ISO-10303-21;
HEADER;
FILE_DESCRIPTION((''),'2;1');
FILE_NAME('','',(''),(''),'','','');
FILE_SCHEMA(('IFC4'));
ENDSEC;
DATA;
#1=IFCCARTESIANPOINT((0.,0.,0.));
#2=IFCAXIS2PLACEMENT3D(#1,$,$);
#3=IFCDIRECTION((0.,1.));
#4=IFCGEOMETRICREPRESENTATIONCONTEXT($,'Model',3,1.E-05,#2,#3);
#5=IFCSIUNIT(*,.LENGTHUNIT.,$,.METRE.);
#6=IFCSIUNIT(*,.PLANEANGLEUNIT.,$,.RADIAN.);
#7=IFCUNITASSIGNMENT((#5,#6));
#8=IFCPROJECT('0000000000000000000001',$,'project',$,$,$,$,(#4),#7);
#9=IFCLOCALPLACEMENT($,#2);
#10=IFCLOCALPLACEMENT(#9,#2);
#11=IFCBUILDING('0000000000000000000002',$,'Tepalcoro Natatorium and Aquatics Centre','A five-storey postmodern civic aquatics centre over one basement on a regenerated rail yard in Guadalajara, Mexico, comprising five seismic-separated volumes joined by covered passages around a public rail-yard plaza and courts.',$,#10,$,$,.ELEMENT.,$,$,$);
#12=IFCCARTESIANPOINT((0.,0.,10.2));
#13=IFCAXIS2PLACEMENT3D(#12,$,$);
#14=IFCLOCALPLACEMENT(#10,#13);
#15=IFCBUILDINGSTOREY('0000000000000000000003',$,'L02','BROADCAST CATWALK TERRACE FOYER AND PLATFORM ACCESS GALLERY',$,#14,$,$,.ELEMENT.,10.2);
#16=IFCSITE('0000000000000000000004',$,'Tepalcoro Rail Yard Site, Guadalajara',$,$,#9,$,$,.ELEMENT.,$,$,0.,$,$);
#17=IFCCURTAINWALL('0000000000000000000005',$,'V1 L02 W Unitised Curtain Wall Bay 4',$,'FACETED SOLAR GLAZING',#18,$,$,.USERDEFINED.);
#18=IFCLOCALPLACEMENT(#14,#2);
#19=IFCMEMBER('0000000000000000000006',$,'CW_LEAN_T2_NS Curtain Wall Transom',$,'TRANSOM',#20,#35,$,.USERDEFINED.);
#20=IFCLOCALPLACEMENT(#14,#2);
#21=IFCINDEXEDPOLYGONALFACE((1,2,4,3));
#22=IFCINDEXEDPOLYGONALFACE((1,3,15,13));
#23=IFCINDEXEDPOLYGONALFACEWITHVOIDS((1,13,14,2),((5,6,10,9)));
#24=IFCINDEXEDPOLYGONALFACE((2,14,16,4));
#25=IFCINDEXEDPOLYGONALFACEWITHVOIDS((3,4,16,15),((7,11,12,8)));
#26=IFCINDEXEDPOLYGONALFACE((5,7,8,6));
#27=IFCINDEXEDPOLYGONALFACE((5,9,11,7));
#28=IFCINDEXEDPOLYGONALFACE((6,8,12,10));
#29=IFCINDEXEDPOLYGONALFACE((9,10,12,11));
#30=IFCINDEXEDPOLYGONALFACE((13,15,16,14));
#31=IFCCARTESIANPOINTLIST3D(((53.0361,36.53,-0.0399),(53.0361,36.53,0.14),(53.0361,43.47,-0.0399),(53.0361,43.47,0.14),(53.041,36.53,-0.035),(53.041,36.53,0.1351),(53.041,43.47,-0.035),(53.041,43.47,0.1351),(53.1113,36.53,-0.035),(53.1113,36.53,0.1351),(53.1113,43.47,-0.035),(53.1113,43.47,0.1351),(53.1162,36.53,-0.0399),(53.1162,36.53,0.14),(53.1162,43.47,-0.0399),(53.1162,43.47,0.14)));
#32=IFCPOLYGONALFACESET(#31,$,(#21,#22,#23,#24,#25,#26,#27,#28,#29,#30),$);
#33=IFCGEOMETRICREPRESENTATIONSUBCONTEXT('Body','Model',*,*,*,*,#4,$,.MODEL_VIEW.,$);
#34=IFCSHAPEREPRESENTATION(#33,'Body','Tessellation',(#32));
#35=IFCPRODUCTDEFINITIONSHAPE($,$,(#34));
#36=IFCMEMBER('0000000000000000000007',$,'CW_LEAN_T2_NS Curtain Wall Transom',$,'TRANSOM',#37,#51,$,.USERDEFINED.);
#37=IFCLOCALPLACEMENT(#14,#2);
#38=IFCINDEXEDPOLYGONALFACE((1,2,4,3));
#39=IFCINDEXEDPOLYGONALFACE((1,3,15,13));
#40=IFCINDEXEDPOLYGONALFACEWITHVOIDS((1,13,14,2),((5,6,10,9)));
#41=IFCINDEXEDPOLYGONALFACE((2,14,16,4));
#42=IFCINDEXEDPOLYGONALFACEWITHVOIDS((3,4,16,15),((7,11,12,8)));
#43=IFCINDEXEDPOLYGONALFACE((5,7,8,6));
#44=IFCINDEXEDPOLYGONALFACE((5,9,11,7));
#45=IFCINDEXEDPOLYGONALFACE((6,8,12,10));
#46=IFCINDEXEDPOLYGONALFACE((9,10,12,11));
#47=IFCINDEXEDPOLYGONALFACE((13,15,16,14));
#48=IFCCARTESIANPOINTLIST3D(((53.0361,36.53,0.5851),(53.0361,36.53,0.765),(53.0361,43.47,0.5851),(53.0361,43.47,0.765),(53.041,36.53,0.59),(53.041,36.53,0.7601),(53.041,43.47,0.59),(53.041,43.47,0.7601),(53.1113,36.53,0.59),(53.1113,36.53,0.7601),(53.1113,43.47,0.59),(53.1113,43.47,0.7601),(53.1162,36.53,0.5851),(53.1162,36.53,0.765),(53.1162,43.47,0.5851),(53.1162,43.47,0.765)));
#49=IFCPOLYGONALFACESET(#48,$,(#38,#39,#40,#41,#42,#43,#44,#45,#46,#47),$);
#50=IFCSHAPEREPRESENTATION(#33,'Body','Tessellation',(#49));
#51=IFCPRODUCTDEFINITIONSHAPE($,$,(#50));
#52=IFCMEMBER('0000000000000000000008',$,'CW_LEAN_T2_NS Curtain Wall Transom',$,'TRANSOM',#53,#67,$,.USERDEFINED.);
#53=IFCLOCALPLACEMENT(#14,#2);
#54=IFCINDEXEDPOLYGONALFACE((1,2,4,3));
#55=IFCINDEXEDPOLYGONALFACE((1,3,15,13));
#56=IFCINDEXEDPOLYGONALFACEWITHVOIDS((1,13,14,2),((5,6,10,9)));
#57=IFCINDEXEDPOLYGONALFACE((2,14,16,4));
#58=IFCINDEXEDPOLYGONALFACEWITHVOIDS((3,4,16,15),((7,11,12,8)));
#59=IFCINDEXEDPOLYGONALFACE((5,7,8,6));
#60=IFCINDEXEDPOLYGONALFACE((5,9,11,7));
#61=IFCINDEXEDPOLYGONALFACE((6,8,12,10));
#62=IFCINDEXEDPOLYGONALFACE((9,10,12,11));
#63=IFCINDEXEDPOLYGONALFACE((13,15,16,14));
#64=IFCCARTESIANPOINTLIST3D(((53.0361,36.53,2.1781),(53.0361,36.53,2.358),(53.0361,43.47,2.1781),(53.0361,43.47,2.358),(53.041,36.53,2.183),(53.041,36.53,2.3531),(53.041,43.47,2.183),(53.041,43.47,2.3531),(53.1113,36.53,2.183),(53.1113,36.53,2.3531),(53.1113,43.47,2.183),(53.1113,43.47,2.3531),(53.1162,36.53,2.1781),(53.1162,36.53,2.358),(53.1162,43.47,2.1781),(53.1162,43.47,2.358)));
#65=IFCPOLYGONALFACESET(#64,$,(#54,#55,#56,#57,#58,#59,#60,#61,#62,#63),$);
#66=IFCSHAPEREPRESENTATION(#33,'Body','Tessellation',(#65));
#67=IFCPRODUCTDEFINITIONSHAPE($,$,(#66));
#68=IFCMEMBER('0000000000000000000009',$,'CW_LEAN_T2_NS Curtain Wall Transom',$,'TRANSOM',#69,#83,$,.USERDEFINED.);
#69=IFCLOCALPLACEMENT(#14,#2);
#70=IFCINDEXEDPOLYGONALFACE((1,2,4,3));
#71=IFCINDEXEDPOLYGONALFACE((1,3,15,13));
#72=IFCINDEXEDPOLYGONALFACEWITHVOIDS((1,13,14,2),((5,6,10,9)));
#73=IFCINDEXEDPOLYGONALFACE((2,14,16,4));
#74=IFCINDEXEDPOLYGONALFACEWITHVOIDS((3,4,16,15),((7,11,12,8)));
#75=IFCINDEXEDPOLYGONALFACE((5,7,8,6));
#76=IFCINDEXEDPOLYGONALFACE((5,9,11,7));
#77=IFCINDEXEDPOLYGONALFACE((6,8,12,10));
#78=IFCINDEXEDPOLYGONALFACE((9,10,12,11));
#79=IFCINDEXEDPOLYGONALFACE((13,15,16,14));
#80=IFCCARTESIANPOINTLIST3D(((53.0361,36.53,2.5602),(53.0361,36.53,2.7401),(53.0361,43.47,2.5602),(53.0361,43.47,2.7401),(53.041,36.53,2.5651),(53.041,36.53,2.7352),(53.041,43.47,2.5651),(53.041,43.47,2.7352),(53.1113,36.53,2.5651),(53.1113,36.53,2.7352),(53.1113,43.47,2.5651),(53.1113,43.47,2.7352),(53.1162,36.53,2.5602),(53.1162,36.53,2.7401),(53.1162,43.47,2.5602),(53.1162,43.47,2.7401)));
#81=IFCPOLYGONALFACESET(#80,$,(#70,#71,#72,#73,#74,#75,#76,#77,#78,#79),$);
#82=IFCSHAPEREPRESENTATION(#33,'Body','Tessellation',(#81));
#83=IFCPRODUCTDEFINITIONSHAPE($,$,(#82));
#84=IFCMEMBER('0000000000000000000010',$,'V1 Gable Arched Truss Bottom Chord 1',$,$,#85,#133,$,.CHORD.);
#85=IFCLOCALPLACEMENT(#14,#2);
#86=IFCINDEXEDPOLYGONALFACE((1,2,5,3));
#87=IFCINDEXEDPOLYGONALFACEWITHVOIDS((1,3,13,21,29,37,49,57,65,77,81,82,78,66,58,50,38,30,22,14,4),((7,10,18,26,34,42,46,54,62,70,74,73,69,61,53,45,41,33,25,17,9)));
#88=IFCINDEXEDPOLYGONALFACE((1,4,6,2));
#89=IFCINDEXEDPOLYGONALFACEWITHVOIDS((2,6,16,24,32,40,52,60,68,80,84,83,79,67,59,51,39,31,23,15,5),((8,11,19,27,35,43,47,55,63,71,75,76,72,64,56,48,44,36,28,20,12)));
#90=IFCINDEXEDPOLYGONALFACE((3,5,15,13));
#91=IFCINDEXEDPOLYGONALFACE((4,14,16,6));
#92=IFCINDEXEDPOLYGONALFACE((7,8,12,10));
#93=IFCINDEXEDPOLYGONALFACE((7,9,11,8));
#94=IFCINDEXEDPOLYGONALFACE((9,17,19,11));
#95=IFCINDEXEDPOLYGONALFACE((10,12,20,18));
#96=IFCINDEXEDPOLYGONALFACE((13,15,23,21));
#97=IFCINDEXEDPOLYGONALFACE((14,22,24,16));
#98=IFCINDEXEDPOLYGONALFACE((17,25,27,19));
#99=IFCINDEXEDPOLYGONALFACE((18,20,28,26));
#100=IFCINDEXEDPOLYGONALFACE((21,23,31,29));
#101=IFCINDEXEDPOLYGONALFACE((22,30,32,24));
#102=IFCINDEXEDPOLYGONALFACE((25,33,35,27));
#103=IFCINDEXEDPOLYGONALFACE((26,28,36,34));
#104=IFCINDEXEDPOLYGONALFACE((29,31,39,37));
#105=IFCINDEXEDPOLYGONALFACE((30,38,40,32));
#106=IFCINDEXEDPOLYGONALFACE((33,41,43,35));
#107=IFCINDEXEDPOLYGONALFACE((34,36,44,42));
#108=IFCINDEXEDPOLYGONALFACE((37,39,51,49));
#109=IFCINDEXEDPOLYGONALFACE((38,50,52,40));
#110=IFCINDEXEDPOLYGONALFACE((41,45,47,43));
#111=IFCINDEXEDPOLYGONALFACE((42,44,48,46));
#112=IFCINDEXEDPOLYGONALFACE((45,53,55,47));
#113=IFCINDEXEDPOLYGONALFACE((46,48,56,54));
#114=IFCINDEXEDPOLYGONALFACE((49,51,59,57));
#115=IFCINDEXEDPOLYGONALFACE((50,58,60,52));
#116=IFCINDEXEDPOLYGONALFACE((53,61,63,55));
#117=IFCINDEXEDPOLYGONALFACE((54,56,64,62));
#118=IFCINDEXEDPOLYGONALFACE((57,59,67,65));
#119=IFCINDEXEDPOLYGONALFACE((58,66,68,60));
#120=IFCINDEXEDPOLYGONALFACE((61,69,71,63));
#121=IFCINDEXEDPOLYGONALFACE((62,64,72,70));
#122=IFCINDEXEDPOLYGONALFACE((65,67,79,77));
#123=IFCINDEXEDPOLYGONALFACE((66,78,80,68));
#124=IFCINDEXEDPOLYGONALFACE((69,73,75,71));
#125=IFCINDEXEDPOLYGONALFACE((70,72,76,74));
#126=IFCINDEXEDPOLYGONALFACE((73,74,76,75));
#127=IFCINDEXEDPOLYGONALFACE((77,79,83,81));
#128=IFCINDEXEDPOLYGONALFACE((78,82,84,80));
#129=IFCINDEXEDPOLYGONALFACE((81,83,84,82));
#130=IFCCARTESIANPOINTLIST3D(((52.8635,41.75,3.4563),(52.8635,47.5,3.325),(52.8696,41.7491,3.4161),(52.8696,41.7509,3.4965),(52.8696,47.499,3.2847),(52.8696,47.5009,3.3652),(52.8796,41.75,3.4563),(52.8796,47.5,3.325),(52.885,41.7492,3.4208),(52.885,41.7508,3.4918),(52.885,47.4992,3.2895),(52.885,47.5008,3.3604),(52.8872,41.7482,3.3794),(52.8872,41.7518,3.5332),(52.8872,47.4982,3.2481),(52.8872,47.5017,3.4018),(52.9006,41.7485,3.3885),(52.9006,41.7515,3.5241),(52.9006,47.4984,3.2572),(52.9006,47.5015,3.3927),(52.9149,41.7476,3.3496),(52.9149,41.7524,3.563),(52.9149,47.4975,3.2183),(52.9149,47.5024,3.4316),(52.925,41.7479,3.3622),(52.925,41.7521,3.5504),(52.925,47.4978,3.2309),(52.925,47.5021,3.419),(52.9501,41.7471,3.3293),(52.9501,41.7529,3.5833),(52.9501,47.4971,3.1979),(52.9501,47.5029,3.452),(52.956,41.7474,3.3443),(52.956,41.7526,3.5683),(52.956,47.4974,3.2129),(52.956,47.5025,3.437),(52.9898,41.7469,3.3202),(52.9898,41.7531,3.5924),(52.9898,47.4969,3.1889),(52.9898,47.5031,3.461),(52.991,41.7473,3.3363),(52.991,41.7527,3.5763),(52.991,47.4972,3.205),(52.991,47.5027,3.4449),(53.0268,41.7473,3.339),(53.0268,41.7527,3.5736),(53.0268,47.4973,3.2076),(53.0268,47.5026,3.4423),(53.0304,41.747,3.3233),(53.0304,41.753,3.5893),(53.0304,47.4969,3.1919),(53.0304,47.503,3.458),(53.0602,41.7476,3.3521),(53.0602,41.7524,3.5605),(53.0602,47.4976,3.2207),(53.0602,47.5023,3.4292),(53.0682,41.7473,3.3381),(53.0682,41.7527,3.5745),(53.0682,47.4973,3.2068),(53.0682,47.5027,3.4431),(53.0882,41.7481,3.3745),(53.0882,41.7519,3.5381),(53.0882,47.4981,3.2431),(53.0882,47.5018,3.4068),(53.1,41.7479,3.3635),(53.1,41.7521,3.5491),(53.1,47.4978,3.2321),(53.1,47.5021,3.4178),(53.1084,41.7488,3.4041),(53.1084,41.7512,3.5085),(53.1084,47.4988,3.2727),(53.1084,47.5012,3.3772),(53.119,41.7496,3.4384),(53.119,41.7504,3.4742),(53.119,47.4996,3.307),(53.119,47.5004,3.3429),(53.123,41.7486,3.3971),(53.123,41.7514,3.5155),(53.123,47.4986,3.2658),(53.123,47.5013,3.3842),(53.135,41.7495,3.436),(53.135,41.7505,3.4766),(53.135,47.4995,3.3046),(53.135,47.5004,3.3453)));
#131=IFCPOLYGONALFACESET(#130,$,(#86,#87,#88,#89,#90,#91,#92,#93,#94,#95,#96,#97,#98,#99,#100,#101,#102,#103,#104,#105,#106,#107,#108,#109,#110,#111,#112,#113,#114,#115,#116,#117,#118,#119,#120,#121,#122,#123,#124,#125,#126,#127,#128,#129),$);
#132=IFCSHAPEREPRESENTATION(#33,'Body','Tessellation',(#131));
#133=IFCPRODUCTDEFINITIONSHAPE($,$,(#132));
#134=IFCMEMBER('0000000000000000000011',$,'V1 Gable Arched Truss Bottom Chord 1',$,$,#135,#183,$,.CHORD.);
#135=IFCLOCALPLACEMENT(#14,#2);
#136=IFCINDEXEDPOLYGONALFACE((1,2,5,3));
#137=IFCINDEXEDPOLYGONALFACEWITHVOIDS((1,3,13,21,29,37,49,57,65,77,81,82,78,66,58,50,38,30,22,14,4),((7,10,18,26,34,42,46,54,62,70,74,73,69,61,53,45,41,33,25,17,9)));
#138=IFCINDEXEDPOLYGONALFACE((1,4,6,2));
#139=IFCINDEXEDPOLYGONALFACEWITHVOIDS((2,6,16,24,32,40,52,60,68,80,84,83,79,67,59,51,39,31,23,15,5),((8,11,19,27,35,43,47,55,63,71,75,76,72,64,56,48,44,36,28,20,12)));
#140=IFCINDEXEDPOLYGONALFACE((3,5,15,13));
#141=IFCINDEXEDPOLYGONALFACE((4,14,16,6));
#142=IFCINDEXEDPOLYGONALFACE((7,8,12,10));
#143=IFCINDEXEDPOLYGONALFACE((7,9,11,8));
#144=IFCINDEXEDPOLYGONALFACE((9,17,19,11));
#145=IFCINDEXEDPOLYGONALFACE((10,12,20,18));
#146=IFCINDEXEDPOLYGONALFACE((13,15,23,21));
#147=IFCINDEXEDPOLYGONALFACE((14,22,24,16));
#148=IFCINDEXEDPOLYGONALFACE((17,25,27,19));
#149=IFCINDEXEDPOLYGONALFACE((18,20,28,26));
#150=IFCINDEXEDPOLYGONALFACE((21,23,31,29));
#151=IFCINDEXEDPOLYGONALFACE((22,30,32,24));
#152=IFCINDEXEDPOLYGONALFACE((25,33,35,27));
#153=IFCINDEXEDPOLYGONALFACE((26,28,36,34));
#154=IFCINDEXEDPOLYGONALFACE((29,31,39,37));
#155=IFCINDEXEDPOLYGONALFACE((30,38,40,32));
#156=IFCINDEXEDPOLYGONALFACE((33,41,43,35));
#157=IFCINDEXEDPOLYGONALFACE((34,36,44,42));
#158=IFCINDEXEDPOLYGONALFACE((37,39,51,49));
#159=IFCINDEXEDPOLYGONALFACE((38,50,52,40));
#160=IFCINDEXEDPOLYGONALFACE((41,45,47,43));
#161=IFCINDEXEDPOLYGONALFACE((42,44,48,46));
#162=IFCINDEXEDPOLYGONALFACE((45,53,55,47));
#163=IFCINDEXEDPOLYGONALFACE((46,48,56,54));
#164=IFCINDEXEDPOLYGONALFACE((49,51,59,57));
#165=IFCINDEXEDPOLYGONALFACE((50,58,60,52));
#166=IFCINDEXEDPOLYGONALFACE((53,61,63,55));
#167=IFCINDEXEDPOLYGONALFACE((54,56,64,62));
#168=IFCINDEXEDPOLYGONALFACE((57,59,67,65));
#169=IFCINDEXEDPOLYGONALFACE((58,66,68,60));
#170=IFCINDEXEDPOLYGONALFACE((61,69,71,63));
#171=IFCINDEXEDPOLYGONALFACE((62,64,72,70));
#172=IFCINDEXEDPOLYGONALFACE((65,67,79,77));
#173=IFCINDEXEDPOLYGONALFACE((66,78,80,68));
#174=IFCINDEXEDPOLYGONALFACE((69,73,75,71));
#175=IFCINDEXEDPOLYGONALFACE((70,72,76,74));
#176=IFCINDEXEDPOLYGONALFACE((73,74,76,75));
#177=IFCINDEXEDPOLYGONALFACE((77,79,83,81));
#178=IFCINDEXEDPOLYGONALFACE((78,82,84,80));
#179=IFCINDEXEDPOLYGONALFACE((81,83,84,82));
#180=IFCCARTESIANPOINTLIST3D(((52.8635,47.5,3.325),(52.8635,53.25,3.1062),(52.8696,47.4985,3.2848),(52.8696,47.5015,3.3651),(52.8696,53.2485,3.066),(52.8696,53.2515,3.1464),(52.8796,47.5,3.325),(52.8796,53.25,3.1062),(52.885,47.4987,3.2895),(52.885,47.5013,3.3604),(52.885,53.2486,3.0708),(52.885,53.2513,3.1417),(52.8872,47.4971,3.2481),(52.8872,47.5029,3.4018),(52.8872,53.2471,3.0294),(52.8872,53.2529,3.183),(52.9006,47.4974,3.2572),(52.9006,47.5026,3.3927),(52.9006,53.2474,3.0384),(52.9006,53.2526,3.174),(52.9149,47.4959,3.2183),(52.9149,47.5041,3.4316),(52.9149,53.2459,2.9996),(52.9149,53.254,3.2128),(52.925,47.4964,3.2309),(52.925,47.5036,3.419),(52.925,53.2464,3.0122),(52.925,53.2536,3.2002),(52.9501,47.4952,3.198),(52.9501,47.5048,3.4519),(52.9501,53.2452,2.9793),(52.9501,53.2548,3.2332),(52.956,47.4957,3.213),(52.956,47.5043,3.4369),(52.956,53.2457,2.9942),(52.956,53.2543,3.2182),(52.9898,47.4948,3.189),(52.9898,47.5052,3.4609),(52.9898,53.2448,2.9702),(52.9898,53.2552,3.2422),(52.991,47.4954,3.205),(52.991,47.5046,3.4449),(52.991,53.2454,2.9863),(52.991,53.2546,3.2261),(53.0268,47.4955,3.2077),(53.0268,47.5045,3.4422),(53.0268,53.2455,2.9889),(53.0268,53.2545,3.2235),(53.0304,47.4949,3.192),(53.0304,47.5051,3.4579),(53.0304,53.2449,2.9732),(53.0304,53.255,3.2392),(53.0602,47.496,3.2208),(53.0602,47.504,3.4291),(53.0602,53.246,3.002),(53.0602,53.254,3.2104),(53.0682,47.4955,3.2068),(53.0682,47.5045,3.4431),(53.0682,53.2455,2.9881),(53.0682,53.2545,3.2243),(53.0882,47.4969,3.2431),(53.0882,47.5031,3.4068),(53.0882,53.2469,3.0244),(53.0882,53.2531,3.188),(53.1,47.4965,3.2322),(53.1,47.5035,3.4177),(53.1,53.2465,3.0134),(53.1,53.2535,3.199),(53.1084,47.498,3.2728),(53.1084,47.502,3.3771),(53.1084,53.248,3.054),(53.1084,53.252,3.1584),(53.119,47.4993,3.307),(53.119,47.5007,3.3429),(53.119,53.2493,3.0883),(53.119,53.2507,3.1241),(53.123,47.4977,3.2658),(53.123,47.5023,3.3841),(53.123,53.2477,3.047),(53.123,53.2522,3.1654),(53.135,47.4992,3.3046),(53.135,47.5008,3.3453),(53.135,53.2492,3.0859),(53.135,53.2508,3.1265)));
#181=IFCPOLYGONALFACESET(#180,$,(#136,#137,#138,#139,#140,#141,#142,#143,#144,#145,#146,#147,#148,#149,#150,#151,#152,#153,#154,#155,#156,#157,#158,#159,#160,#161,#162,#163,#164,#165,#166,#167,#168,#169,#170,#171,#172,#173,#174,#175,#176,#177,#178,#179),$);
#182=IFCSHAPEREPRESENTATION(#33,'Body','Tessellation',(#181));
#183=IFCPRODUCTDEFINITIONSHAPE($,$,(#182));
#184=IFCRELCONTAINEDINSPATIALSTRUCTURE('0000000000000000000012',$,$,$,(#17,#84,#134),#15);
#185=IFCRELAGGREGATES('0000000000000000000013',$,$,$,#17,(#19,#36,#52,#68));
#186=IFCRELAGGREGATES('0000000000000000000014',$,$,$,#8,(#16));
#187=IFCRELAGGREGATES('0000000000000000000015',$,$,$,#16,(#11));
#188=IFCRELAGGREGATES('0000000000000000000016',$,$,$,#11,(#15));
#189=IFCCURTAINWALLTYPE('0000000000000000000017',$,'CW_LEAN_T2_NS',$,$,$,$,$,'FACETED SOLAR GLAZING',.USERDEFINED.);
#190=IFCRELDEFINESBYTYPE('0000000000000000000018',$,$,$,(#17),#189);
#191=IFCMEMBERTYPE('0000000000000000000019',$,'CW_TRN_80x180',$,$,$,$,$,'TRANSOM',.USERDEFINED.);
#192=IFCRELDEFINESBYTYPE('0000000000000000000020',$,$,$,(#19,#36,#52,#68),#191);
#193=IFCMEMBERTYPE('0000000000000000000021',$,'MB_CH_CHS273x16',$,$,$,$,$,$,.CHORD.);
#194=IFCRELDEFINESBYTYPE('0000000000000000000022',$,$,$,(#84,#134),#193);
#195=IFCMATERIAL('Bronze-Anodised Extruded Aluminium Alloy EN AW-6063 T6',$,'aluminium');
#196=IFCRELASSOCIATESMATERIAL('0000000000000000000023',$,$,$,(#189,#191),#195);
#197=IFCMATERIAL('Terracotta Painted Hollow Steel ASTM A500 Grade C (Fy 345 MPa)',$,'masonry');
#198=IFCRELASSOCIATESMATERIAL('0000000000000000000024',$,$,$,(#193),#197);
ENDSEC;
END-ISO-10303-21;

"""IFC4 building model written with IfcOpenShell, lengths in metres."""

from ifc_helpers import new_model, si_unit, direction, frame, origin, origin_2d, place, context, subcontext, project, spatial, hollow_rectangle, hollow_circle, extrude, material, material_profile, profile_set, type_object, element, aggregate, save


model = new_model("IFC4")

# Units and contexts
model_context = context("Model", 3, precision=1e-05, world=origin(), true_north=direction((0.0, 1.0)))
body_context = subcontext(model_context, "Body", "Model", "MODEL_VIEW")
ifc_project = project(units=[si_unit("LENGTHUNIT", "METRE"), si_unit("PLANEANGLEUNIT", "RADIAN")], contexts=[model_context])

# Site, building, storey
site_placement = place(None, origin())
site = spatial("IfcSite", under=ifc_project, at=site_placement, Name="Tepalcoro Rail Yard Site, Guadalajara", CompositionType="ELEMENT", RefElevation=0.0)
building_placement = place(site_placement, origin())
building = spatial("IfcBuilding", under=site, at=building_placement, Name="Tepalcoro Natatorium and Aquatics Centre", Description="A five-storey postmodern civic aquatics centre over one basement on a regenerated rail yard in Guadalajara, Mexico, comprising five seismic-separated volumes joined by covered passages around a public rail-yard plaza and courts.", CompositionType="ELEMENT")
storey_placement = place(building_placement, frame((0.0, 0.0, 10.2)))
storey = spatial("IfcBuildingStorey", under=building, at=storey_placement, Name="L02", Description="BROADCAST CATWALK TERRACE FOYER AND PLATFORM ACCESS GALLERY", CompositionType="ELEMENT", Elevation=10.2)

# Shared definitions
ifc_material_1 = material(Name="Terracotta Painted Hollow Steel ASTM A500 Grade C (Fy 345 MPa)", Category="masonry")

# Curtain wall, members
ifc_material_2 = material(Name="Bronze-Anodised Extruded Aluminium Alloy EN AW-6063 T6", Category="aluminium")
curtain_wall_type = type_object("IfcCurtainWallType", Name="CW_LEAN_T2_NS", ElementType="FACETED SOLAR GLAZING", PredefinedType="USERDEFINED", material=ifc_material_2)
curtain_wall_placement = place(storey_placement, origin())
curtain_wall = element("IfcCurtainWall", 1, at=curtain_wall_placement, inside=storey, type_object=curtain_wall_type, Name="V1 L02 W Unitised Curtain Wall Bay 4", ObjectType="FACETED SOLAR GLAZING", PredefinedType="USERDEFINED")
ifc_material_profile_1 = material_profile(ifc_material_2, hollow_rectangle(XDim=0.0801, YDim=0.1799, WallThickness=0.0049, at=origin_2d()), Name="AL80X180X5")
ifc_profile_set_1 = profile_set([ifc_material_profile_1], Name="Bronze-Anodised Extruded Aluminium Alloy EN AW-6063 T6")
member_type_1 = type_object("IfcMemberType", Name="CW_TRN_80x180", ElementType="TRANSOM", PredefinedType="USERDEFINED", material=ifc_profile_set_1)
member_1_placement = place(storey_placement, frame((53.0762, 36.53, 0.05), z_axis=(0.0, 1.0, 0.0), x_axis=(-1.0, 0.0, 0.0)))
member_1 = element("IfcMember", 2, at=member_1_placement, type_object=member_type_1, Name="CW_LEAN_T2_NS Curtain Wall Transom", ObjectType="TRANSOM", PredefinedType="USERDEFINED", context=body_context, shape_type="SweptSolid", body=[
    extrude(hollow_rectangle(XDim=0.0801, YDim=0.1799, WallThickness=0.0049, at=origin_2d()), origin(), (0.0, 0.0, 1.0), 6.9399),
])
member_2_placement = place(storey_placement, frame((53.0762, 36.53, 0.675), z_axis=(0.0, 1.0, 0.0), x_axis=(-1.0, 0.0, 0.0)))
member_2 = element("IfcMember", 3, at=member_2_placement, type_object=member_type_1, Name="CW_LEAN_T2_NS Curtain Wall Transom", ObjectType="TRANSOM", PredefinedType="USERDEFINED", context=body_context, shape_type="SweptSolid", body=[
    extrude(hollow_rectangle(XDim=0.0801, YDim=0.1799, WallThickness=0.0049, at=origin_2d()), origin(), (0.0, 0.0, 1.0), 6.9399),
])
member_3_placement = place(storey_placement, frame((53.0762, 36.53, 2.2681), z_axis=(0.0, 1.0, 0.0), x_axis=(-1.0, 0.0, 0.0)))
member_3 = element("IfcMember", 4, at=member_3_placement, type_object=member_type_1, Name="CW_LEAN_T2_NS Curtain Wall Transom", ObjectType="TRANSOM", PredefinedType="USERDEFINED", context=body_context, shape_type="SweptSolid", body=[
    extrude(hollow_rectangle(XDim=0.0801, YDim=0.1799, WallThickness=0.0049, at=origin_2d()), origin(), (0.0, 0.0, 1.0), 6.9399),
])
member_4_placement = place(storey_placement, frame((53.0762, 36.53, 2.6501), z_axis=(0.0, 1.0, 0.0), x_axis=(-1.0, 0.0, 0.0)))
member_4 = element("IfcMember", 5, at=member_4_placement, type_object=member_type_1, Name="CW_LEAN_T2_NS Curtain Wall Transom", ObjectType="TRANSOM", PredefinedType="USERDEFINED", context=body_context, shape_type="SweptSolid", body=[
    extrude(hollow_rectangle(XDim=0.0801, YDim=0.1799, WallThickness=0.0049, at=origin_2d()), origin(), (0.0, 0.0, 1.0), 6.9399),
])

# Members
ifc_material_profile_2 = material_profile(ifc_material_1, hollow_circle(Radius=0.1365, WallThickness=0.0161, at=origin_2d()), Name="CHS273X16")
ifc_profile_set_2 = profile_set([ifc_material_profile_2], Name="Terracotta Painted Hollow Steel ASTM A500 Grade C (Fy 345 MPa)")
member_type_2 = type_object("IfcMemberType", Name="MB_CH_CHS273x16", PredefinedType="CHORD", material=ifc_profile_set_2)
member_5_placement = place(storey_placement, frame((53.0, 41.75, 3.4563), z_axis=(0.0, 0.999739, -0.022837), x_axis=(-1.0, 0.0, 0.0)))
element("IfcMember", 6, at=member_5_placement, inside=storey, type_object=member_type_2, Name="V1 Gable Arched Truss Bottom Chord 1", PredefinedType="CHORD", context=body_context, shape_type="SweptSolid", body=[
    extrude(hollow_circle(Radius=0.1365, WallThickness=0.0161, at=origin_2d()), origin(), (0.0, 0.0, 1.0), 5.7515),
])
member_6_placement = place(storey_placement, frame((53.0, 47.5, 3.325), z_axis=(0.0, 0.999277, -0.038016), x_axis=(-1.0, 0.0, 0.0)))
element("IfcMember", 7, at=member_6_placement, inside=storey, type_object=member_type_2, Name="V1 Gable Arched Truss Bottom Chord 1", PredefinedType="CHORD", context=body_context, shape_type="SweptSolid", body=[
    extrude(hollow_circle(Radius=0.1365, WallThickness=0.0161, at=origin_2d()), origin(), (0.0, 0.0, 1.0), 5.7542),
])

aggregate(curtain_wall, [member_1, member_2, member_3, member_4])

save(model, "model.ifc")
